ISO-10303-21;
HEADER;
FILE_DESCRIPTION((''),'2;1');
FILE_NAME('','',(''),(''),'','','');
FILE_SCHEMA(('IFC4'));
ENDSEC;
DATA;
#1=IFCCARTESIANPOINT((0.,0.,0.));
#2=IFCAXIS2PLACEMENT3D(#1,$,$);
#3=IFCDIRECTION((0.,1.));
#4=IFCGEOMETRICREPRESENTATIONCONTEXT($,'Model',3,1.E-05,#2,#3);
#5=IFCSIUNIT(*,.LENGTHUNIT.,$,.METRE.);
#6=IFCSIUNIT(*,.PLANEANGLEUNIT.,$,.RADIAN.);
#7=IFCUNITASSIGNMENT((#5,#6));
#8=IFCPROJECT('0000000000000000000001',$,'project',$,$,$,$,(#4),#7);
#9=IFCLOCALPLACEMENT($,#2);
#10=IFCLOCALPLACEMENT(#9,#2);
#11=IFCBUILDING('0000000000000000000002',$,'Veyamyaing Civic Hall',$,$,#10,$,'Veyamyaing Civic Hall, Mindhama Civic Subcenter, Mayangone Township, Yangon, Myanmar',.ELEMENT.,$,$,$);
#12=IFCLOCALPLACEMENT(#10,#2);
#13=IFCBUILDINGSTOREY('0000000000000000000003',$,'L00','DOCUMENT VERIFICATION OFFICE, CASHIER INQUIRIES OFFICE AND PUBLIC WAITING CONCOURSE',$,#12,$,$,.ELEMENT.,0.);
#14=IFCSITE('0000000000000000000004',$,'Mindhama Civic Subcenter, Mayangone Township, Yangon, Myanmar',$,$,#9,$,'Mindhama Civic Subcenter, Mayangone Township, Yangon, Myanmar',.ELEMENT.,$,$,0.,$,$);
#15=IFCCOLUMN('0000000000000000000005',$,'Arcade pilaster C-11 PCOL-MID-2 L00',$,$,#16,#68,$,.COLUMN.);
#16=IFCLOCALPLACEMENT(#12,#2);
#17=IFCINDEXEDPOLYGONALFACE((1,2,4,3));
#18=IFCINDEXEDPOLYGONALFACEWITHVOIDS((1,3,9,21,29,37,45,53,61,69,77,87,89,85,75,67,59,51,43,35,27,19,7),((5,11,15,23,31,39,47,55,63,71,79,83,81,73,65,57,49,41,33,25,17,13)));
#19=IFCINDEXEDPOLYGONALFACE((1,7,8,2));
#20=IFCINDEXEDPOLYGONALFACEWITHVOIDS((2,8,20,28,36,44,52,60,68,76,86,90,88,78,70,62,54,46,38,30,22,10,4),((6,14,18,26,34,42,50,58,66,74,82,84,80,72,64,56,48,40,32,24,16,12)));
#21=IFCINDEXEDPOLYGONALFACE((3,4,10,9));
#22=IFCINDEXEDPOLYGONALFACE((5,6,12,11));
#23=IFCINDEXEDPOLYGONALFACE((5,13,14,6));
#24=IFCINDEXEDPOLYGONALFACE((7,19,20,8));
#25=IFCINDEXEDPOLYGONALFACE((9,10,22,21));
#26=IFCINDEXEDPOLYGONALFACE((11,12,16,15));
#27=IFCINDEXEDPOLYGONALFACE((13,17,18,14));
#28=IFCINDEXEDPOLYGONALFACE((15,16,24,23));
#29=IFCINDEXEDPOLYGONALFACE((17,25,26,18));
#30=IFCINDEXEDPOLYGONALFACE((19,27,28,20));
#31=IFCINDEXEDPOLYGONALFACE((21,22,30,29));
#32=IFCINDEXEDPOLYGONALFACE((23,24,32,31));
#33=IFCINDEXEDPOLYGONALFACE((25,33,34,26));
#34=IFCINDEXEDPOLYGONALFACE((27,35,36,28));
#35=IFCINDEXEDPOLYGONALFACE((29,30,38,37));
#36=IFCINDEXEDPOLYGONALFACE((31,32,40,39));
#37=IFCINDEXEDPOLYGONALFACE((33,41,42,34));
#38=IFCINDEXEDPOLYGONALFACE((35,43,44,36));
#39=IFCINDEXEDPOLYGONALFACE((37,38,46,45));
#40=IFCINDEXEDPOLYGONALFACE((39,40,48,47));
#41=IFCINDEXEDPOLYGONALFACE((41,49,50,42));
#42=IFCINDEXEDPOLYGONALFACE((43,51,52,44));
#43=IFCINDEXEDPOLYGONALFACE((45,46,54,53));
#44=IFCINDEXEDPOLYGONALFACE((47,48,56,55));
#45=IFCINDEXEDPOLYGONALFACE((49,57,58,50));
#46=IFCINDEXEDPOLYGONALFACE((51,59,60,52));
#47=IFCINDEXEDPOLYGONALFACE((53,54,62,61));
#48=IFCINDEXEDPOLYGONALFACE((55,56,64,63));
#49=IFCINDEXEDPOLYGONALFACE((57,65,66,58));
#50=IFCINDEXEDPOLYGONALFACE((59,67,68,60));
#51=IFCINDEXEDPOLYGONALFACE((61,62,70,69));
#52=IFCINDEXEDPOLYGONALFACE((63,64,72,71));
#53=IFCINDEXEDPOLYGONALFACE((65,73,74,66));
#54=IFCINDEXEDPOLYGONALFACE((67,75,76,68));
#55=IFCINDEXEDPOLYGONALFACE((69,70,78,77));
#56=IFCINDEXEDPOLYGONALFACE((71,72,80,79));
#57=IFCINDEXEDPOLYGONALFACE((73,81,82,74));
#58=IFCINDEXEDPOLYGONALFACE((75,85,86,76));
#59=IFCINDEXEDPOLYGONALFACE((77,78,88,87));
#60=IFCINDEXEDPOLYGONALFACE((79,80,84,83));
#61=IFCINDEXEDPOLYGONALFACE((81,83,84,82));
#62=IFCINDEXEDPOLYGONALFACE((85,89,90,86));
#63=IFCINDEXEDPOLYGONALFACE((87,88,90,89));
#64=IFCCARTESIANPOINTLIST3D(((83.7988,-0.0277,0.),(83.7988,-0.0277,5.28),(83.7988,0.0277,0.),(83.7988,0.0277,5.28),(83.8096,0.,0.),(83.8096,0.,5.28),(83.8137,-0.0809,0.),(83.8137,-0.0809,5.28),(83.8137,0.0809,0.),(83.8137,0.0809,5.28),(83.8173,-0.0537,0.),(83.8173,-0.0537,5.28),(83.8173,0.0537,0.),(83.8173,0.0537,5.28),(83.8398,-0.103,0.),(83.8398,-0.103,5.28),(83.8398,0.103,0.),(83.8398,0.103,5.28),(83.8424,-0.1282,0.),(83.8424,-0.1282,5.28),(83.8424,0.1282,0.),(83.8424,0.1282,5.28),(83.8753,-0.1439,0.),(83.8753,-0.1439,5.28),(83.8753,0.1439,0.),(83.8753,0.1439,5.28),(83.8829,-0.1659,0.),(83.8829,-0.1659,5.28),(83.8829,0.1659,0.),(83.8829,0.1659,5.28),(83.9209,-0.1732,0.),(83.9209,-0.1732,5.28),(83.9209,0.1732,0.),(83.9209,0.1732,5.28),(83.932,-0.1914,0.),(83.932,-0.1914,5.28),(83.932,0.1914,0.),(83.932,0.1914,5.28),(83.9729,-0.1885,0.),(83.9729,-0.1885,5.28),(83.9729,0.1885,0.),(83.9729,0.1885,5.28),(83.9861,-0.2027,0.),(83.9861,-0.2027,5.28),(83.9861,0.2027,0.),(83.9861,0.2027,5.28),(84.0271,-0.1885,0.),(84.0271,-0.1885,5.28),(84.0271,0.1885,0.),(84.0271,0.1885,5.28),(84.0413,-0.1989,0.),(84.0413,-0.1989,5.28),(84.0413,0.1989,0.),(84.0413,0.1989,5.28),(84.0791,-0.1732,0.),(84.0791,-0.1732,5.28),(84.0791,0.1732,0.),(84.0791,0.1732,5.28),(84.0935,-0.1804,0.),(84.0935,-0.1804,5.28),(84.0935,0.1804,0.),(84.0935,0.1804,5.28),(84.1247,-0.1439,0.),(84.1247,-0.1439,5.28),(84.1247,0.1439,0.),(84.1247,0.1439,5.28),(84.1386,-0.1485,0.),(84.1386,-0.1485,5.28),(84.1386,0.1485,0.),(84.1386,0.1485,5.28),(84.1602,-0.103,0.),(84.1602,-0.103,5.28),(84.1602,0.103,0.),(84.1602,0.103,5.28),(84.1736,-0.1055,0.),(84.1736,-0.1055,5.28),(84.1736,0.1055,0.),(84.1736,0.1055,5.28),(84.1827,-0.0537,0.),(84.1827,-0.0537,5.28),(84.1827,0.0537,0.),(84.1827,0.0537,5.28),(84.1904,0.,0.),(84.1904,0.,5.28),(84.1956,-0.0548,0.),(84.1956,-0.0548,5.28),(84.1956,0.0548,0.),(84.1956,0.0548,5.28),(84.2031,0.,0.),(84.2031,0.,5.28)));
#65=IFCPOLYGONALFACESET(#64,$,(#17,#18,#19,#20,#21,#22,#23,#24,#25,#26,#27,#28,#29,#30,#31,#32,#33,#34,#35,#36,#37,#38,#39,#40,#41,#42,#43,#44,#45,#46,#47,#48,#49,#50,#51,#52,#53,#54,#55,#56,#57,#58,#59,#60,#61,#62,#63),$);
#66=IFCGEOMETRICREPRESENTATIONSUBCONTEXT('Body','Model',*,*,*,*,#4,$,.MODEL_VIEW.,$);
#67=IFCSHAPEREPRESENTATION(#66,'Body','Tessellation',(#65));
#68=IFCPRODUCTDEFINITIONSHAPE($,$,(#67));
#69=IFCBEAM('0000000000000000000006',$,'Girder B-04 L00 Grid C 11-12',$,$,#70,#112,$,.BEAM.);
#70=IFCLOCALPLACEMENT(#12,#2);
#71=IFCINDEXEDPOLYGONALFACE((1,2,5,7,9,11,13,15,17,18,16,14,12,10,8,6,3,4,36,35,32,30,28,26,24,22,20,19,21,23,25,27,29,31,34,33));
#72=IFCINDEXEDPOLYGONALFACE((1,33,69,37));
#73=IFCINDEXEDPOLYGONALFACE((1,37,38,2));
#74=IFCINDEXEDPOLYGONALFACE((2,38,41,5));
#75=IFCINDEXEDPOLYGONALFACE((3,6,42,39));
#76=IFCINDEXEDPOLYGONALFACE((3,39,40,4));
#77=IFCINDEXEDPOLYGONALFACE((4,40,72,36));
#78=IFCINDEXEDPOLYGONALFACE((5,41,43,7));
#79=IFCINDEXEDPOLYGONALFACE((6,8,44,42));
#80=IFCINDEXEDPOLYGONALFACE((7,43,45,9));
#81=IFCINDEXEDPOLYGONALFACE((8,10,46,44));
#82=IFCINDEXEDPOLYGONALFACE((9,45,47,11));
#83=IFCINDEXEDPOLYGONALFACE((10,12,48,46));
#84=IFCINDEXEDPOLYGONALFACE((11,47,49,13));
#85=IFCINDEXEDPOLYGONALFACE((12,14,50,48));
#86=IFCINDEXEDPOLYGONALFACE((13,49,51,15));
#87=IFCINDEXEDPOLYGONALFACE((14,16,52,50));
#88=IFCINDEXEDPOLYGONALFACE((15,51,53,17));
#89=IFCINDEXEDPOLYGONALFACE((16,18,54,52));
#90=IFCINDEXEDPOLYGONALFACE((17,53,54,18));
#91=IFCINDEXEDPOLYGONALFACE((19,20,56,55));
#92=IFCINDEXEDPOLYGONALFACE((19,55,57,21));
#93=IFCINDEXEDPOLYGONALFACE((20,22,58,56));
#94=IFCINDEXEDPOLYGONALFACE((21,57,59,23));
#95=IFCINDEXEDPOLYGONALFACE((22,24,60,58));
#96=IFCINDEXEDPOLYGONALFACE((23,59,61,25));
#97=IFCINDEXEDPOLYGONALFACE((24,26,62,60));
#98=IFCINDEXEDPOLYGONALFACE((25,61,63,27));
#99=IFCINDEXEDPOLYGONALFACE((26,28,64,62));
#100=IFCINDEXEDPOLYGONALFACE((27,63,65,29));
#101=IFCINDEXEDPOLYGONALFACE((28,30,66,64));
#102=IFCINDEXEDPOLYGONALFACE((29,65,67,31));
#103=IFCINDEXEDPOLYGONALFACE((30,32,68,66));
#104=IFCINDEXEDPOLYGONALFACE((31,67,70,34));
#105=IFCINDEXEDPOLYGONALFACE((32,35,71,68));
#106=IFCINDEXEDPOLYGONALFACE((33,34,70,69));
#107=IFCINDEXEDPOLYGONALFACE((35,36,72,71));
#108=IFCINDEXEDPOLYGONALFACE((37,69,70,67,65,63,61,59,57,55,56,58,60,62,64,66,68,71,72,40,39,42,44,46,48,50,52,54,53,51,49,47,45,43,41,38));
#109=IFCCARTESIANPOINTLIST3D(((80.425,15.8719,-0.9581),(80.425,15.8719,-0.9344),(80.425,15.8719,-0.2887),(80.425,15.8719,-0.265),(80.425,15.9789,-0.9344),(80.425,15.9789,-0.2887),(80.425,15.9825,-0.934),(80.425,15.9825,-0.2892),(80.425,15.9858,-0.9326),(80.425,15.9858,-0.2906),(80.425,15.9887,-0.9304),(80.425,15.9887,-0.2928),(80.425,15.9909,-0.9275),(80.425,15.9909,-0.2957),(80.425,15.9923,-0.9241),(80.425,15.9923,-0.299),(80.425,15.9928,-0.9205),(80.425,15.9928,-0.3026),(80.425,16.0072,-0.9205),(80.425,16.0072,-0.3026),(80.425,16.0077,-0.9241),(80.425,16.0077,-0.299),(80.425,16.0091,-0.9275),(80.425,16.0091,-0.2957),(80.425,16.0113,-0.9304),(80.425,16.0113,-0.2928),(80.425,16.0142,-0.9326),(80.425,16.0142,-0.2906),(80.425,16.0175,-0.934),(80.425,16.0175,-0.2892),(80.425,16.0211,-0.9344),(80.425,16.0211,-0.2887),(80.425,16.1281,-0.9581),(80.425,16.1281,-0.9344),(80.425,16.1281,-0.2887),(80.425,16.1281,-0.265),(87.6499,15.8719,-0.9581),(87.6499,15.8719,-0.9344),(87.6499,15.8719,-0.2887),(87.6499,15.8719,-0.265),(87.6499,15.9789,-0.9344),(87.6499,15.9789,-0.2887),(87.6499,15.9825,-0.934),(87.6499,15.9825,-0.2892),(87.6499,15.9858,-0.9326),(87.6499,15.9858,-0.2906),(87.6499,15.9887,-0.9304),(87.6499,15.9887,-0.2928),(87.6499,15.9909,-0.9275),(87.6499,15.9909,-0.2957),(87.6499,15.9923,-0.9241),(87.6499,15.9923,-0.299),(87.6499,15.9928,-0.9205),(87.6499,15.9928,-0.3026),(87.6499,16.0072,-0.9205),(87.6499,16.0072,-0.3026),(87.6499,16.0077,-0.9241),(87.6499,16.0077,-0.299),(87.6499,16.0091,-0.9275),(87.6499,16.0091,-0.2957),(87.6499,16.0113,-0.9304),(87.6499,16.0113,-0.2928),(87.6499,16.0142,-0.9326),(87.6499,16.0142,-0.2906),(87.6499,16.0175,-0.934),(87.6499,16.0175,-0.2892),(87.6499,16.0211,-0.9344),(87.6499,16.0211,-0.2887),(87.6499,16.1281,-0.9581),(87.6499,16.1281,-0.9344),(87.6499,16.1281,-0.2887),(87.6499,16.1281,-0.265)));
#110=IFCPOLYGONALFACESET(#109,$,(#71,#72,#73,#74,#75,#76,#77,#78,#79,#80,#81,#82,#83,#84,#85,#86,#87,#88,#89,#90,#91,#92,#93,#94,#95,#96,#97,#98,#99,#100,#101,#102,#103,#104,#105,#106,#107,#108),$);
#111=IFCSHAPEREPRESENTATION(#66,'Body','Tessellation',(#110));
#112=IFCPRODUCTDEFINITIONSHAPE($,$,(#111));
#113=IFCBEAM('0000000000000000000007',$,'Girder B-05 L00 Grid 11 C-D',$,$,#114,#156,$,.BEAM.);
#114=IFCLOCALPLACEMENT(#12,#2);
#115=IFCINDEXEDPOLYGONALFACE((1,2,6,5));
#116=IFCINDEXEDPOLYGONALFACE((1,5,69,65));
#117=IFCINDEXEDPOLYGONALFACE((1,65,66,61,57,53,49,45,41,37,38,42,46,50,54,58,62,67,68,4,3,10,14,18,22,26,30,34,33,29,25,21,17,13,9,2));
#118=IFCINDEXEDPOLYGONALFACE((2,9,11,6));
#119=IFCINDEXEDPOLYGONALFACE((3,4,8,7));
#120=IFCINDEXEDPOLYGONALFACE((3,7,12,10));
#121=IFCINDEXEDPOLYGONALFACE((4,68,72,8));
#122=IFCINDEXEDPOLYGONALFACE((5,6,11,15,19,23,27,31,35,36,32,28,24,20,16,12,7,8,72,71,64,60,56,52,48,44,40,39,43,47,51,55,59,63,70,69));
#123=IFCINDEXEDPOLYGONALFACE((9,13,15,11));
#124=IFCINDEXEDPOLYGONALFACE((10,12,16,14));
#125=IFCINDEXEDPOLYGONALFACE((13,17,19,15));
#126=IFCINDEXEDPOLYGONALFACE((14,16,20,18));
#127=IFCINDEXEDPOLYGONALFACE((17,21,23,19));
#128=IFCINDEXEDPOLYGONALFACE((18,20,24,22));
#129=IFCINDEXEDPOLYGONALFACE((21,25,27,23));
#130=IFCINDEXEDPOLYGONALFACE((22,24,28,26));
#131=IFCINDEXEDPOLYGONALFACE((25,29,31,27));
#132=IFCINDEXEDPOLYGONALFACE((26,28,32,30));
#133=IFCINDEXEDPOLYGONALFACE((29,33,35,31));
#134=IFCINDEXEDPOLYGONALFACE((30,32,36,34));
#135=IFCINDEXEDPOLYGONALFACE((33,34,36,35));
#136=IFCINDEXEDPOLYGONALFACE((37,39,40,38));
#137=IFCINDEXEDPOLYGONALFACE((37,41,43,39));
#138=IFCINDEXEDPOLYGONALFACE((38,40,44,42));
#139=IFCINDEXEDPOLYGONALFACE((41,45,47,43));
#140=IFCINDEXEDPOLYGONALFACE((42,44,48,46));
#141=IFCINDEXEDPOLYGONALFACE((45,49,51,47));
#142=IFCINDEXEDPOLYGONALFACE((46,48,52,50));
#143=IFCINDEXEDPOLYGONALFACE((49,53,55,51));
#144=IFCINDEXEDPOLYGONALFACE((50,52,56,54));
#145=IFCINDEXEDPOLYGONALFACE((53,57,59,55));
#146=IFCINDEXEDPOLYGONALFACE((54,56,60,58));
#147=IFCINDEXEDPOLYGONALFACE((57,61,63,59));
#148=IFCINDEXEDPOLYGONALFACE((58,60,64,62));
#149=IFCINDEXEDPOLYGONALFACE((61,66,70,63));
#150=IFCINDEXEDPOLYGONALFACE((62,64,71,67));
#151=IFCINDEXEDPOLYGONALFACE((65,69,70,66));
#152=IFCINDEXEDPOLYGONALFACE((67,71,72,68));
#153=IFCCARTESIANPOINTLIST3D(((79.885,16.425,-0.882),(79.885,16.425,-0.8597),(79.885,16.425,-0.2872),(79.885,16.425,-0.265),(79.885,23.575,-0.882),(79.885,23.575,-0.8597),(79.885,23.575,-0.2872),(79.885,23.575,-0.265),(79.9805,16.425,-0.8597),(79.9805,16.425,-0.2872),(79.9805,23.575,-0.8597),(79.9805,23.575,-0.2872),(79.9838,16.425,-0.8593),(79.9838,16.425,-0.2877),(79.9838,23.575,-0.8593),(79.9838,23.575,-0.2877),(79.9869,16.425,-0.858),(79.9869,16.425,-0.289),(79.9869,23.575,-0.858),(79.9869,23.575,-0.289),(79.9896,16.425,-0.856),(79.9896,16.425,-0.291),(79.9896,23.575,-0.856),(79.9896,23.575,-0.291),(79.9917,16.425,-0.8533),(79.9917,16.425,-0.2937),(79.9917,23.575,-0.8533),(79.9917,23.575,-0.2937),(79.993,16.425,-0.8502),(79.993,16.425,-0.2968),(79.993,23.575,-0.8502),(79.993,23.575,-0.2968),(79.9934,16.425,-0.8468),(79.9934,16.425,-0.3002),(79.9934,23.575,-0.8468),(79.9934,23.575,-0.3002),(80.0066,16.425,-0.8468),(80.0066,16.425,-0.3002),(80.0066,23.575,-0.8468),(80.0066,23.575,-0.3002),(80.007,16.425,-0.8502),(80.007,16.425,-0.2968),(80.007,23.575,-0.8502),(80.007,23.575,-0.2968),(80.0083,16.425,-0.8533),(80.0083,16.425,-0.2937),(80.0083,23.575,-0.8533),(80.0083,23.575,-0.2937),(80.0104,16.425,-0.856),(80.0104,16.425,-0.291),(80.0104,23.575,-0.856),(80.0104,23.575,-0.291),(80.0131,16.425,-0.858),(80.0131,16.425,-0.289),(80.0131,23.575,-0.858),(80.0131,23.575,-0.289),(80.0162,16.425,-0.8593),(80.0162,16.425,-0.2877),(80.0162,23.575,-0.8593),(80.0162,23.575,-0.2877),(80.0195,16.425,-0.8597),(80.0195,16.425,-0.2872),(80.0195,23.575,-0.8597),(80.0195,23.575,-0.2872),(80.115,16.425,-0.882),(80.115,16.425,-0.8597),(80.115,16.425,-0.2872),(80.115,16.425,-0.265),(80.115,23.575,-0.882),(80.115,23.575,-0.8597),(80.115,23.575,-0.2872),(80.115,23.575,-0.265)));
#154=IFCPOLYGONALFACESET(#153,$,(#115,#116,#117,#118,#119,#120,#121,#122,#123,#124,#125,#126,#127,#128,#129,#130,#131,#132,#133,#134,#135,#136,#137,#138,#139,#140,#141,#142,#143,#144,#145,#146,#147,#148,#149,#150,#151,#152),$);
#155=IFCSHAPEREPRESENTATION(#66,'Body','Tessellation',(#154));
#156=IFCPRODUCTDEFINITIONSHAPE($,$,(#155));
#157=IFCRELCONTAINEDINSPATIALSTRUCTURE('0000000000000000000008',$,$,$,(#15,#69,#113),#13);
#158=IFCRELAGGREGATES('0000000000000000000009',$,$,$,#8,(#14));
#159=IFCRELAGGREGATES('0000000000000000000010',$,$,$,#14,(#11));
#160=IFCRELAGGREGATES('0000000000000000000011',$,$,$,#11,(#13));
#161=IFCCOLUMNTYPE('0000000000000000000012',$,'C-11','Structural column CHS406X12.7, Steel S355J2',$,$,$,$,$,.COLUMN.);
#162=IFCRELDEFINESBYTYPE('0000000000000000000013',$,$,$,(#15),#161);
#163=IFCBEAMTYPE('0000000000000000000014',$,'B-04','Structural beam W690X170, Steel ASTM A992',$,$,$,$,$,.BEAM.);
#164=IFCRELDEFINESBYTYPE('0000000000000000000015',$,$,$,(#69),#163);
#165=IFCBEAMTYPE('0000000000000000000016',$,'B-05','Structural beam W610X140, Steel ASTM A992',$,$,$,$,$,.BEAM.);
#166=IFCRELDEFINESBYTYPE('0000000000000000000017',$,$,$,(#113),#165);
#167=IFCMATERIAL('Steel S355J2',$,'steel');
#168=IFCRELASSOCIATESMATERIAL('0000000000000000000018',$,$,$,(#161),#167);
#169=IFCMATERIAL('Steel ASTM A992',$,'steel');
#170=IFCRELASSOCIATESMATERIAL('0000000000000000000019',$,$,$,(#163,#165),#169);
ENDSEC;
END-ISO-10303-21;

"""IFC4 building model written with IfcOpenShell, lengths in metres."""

from ifc_helpers import new_model, si_unit, direction, frame, origin, origin_2d, place, context, subcontext, project, spatial, hollow_circle, i_section, extrude, material, material_profile, profile_set, type_object, element, save


model = new_model("IFC4")

# Units and contexts
model_context = context("Model", 3, precision=1e-05, world=origin(), true_north=direction((0.0, 1.0)))
body_context = subcontext(model_context, "Body", "Model", "MODEL_VIEW")
ifc_project = project(units=[si_unit("LENGTHUNIT", "METRE"), si_unit("PLANEANGLEUNIT", "RADIAN")], contexts=[model_context])

# Site, building, storey
site_placement = place(None, origin())
site = spatial("IfcSite", under=ifc_project, at=site_placement, Name="Mindhama Civic Subcenter, Mayangone Township, Yangon, Myanmar", LongName="Mindhama Civic Subcenter, Mayangone Township, Yangon, Myanmar", CompositionType="ELEMENT", RefElevation=0.0)
building_placement = place(site_placement, origin())
building = spatial("IfcBuilding", under=site, at=building_placement, Name="Veyamyaing Civic Hall", LongName="Veyamyaing Civic Hall, Mindhama Civic Subcenter, Mayangone Township, Yangon, Myanmar", CompositionType="ELEMENT")
storey_placement = place(building_placement, origin())
storey = spatial("IfcBuildingStorey", under=building, at=storey_placement, Name="L00", Description="DOCUMENT VERIFICATION OFFICE, CASHIER INQUIRIES OFFICE AND PUBLIC WAITING CONCOURSE", CompositionType="ELEMENT", Elevation=0.0)

# Column
ifc_material_1 = material(Name="Steel S355J2", Category="steel")
ifc_material_profile_1 = material_profile(ifc_material_1, hollow_circle(Radius=0.2031, WallThickness=0.0127, at=origin_2d()), Name="CHS406X12.7")
ifc_profile_set_1 = profile_set([ifc_material_profile_1], Name="Steel S355J2")
column_type_1 = type_object("IfcColumnType", Name="C-11", Description="Structural column CHS406X12.7, Steel S355J2", PredefinedType="COLUMN", material=ifc_profile_set_1)
for number, where, z_axis, x_axis, name in (
    (1, (84.0, 0.0, 0.0), (0.0, 0.0, 1.0), (1.0, 0.0, 0.0), "Arcade pilaster C-11 PCOL-MID-2 L00"),
):
    element("IfcColumn", number, at=place(storey_placement, frame(where, z_axis=z_axis, x_axis=x_axis)), inside=storey, type_object=column_type_1, Name=name, PredefinedType="COLUMN", context=body_context, shape_type="SweptSolid", body=[
        extrude(hollow_circle(Radius=0.2031, WallThickness=0.0127, at=origin_2d()), origin(), (0.0, 0.0, 1.0), 5.28),
    ])

# Beams
ifc_material_2 = material(Name="Steel ASTM A992", Category="steel")
ifc_material_profile_2 = material_profile(ifc_material_2, i_section(OverallWidth=0.2561, OverallDepth=0.6931, WebThickness=0.0144, FlangeThickness=0.0237, FilletRadius=0.0139, at=origin_2d()), Name="W690X170")
ifc_profile_set_2 = profile_set([ifc_material_profile_2], Name="Steel ASTM A992")
beam_type_1 = type_object("IfcBeamType", Name="B-04", Description="Structural beam W690X170, Steel ASTM A992", PredefinedType="BEAM", material=ifc_profile_set_2)
beam_1_placement = place(storey_placement, frame((80.425, 16.0, -0.6116), z_axis=(1.0, 0.0, 0.0), x_axis=(0.0, 1.0, 0.0)))
element("IfcBeam", 2, at=beam_1_placement, inside=storey, type_object=beam_type_1, Name="Girder B-04 L00 Grid C 11-12", PredefinedType="BEAM", context=body_context, shape_type="SweptSolid", body=[
    extrude(i_section(OverallWidth=0.2561, OverallDepth=0.6931, WebThickness=0.0144, FlangeThickness=0.0237, FilletRadius=0.0139, at=origin_2d()), origin(), (0.0, 0.0, 1.0), 7.2249),
])
ifc_material_profile_3 = material_profile(ifc_material_2, i_section(OverallWidth=0.23, OverallDepth=0.6169, WebThickness=0.0132, FlangeThickness=0.0222, FilletRadius=0.0129, at=origin_2d()), Name="W610X140")
ifc_profile_set_3 = profile_set([ifc_material_profile_3], Name="Steel ASTM A992")
beam_type_2 = type_object("IfcBeamType", Name="B-05", Description="Structural beam W610X140, Steel ASTM A992", PredefinedType="BEAM", material=ifc_profile_set_3)
beam_2_placement = place(storey_placement, frame((80.0, 16.425, -0.5735), z_axis=(0.0, 1.0, 0.0), x_axis=(-1.0, 0.0, 0.0)))
element("IfcBeam", 3, at=beam_2_placement, inside=storey, type_object=beam_type_2, Name="Girder B-05 L00 Grid 11 C-D", PredefinedType="BEAM", context=body_context, shape_type="SweptSolid", body=[
    extrude(i_section(OverallWidth=0.23, OverallDepth=0.6169, WebThickness=0.0132, FlangeThickness=0.0222, FilletRadius=0.0129, at=origin_2d()), origin(), (0.0, 0.0, 1.0), 7.1499),
])

save(model, "model.ifc")
